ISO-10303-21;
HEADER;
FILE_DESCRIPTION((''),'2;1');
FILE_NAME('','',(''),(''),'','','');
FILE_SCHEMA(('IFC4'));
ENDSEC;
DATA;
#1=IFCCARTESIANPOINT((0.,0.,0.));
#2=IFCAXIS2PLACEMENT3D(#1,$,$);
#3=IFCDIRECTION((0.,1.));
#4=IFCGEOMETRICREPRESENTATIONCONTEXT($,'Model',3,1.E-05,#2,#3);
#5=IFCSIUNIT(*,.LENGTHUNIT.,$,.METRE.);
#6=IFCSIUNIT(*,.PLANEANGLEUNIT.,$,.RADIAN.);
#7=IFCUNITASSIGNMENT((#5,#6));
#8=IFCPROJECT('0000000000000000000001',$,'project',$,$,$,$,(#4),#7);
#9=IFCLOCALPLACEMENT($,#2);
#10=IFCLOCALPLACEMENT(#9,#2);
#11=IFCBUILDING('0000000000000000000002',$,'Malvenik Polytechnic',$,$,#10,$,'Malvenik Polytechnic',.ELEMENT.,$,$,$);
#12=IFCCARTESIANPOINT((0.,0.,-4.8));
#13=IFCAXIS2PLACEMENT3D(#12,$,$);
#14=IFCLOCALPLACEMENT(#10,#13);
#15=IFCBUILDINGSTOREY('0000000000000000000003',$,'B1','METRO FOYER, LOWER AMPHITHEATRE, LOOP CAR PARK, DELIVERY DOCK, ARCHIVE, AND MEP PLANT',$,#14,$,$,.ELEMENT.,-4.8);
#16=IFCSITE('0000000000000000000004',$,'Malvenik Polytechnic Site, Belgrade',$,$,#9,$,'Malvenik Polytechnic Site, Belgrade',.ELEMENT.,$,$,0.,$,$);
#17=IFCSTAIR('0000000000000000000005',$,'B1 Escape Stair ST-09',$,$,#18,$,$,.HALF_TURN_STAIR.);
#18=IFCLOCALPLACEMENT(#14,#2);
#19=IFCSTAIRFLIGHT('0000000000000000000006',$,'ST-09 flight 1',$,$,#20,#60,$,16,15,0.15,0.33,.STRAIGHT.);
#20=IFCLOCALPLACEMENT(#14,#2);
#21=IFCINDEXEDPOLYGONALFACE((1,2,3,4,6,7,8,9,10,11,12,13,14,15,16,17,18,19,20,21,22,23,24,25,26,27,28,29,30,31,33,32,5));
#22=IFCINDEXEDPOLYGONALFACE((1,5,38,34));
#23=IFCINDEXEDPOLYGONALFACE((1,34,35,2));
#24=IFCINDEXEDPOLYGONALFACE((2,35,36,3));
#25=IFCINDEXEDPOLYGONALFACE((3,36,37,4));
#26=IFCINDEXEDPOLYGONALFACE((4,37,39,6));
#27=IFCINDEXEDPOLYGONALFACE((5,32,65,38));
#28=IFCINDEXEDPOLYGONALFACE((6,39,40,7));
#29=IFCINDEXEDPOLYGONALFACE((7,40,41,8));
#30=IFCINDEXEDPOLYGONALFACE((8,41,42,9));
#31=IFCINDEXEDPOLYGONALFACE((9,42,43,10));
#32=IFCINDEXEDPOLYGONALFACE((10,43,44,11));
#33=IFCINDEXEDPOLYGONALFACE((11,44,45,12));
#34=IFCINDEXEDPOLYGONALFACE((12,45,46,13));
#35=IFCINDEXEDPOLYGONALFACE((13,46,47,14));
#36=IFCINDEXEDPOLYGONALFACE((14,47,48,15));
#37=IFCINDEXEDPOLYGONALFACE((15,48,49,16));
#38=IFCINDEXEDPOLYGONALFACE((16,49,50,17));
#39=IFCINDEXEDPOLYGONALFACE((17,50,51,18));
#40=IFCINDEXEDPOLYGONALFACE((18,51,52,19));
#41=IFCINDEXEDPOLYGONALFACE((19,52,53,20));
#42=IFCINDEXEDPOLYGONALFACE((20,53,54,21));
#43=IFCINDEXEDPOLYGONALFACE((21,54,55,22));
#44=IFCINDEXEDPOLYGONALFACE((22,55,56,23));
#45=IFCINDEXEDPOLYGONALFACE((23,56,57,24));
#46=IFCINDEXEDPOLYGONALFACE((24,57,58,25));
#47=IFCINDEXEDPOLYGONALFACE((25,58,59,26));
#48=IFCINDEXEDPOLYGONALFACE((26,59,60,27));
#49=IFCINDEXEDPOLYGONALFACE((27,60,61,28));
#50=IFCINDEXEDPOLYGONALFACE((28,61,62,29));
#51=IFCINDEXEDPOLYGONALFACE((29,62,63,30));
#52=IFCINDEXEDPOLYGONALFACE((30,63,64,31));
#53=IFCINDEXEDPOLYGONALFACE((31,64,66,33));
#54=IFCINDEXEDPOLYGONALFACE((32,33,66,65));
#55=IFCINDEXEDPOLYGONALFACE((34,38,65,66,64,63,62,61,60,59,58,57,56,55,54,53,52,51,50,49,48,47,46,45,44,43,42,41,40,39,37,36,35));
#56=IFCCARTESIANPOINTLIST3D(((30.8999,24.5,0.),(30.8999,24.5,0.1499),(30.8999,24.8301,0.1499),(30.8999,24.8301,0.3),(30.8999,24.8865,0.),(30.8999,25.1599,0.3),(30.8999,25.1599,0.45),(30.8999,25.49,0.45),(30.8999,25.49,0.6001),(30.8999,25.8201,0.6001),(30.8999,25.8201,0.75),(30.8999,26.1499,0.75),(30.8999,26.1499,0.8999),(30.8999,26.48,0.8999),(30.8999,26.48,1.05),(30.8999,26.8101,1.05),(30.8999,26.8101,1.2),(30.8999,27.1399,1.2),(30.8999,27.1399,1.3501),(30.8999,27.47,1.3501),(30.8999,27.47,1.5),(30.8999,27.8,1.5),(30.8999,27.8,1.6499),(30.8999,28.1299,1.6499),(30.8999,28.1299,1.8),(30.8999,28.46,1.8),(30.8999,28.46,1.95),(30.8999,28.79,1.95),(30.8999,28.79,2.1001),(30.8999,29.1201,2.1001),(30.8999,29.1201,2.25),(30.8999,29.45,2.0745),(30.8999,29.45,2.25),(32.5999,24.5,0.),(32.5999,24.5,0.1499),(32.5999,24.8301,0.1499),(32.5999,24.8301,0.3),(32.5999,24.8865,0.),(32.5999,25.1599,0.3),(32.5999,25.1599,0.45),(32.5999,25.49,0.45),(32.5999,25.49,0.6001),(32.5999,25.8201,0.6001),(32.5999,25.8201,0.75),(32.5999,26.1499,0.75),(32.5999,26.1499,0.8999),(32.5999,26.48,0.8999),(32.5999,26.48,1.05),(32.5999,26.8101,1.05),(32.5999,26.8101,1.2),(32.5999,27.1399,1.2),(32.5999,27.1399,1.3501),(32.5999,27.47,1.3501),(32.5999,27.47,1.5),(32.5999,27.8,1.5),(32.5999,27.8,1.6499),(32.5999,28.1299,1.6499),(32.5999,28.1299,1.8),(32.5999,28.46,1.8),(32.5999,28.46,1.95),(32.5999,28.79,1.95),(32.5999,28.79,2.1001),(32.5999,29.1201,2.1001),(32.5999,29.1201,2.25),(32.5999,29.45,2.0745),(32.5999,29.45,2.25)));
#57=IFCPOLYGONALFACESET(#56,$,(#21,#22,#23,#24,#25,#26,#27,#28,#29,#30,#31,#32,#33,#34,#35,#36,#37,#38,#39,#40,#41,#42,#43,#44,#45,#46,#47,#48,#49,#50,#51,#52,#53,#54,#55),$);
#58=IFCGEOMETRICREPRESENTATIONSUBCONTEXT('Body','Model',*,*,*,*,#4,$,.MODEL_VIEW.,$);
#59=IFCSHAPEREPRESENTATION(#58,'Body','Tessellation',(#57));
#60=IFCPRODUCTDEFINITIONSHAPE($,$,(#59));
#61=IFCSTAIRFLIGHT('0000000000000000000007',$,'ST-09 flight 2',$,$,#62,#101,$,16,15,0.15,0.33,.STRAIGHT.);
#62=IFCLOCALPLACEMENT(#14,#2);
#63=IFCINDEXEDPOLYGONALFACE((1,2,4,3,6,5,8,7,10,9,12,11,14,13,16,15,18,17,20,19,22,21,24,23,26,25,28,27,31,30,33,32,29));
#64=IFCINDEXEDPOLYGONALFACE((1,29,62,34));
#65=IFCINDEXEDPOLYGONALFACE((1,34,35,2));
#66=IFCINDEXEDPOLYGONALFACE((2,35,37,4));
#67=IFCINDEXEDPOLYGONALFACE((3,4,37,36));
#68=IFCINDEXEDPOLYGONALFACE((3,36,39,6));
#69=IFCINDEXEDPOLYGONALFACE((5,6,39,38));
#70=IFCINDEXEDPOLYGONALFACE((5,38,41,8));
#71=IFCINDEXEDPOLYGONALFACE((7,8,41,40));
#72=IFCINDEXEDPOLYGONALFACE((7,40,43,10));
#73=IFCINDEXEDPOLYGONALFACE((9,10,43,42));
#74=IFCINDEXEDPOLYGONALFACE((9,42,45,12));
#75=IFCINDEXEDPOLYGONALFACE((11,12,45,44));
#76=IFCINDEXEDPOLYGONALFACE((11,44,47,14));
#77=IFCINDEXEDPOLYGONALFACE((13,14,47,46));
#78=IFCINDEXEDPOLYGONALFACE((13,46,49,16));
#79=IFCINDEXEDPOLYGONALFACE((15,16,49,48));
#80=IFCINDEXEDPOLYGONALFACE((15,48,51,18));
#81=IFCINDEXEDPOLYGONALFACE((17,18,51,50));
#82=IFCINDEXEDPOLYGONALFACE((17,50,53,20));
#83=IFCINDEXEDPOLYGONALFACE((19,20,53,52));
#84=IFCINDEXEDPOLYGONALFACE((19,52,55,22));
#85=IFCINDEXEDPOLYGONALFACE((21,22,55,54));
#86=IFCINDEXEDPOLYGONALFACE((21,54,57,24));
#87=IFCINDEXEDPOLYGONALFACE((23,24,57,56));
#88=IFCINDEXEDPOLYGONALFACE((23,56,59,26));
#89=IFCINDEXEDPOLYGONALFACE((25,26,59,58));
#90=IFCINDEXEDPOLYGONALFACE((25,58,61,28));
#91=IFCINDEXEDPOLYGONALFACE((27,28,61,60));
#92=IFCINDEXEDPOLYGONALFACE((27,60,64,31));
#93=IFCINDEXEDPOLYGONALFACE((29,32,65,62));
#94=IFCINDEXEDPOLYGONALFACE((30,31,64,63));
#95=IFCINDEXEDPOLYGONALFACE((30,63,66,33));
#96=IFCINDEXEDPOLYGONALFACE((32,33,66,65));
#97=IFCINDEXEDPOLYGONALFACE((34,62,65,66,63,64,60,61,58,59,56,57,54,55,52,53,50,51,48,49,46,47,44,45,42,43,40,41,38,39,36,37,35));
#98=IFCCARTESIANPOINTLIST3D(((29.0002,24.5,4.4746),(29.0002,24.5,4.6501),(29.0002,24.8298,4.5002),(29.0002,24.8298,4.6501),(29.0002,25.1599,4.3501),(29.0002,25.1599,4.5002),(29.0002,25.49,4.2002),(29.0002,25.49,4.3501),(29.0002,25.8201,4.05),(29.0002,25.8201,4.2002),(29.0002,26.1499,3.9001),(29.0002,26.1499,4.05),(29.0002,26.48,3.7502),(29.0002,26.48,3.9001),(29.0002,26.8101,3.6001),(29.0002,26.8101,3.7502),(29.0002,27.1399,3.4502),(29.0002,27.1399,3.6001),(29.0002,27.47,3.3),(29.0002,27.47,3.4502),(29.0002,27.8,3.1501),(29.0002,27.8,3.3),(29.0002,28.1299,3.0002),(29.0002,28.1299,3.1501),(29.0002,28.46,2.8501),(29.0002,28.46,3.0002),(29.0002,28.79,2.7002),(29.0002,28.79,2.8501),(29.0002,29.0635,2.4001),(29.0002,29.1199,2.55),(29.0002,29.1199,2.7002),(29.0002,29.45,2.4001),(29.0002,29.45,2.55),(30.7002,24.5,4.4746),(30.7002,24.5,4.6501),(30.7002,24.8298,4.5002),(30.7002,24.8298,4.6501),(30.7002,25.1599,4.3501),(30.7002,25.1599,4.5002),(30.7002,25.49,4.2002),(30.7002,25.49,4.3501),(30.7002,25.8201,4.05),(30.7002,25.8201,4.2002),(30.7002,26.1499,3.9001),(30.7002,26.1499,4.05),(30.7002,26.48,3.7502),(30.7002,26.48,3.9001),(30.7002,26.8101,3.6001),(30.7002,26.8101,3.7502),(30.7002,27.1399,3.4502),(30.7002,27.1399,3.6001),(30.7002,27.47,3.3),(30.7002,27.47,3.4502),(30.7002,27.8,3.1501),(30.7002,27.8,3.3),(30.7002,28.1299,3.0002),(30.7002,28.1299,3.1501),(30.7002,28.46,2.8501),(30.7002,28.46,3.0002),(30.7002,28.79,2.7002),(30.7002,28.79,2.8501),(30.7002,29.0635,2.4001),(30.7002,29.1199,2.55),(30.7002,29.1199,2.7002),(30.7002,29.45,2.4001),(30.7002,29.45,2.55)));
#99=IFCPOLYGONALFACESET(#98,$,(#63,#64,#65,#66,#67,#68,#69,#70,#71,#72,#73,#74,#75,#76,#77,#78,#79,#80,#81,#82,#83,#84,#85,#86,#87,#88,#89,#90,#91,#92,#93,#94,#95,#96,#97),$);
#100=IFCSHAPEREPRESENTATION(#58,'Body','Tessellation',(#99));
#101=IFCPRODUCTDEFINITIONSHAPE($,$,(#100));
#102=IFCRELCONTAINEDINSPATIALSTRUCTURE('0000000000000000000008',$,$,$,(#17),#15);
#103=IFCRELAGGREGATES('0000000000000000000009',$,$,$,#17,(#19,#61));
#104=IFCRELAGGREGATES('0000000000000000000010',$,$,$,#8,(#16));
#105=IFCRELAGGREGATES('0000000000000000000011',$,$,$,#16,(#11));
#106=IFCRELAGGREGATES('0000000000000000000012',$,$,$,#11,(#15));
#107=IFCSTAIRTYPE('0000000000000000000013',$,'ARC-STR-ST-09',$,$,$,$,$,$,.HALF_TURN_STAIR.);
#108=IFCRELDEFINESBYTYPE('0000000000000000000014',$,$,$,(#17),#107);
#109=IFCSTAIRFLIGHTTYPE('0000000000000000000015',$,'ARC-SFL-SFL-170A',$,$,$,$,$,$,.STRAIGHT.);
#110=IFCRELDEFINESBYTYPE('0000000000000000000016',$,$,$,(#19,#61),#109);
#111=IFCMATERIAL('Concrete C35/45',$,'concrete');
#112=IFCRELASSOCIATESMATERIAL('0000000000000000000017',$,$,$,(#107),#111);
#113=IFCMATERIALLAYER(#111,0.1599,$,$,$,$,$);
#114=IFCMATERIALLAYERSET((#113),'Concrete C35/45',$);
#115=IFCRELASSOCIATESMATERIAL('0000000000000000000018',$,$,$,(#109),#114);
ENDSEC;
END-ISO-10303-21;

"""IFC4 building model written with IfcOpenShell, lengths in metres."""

from ifc_helpers import new_model, si_unit, direction, frame, origin, place, context, subcontext, project, spatial, polyline, outline, extrude, material, layer, layer_set, type_object, element, aggregate, save


model = new_model("IFC4")

# Units and contexts
model_context = context("Model", 3, precision=1e-05, world=origin(), true_north=direction((0.0, 1.0)))
body_context = subcontext(model_context, "Body", "Model", "MODEL_VIEW")
ifc_project = project(units=[si_unit("LENGTHUNIT", "METRE"), si_unit("PLANEANGLEUNIT", "RADIAN")], contexts=[model_context])

# Site, building, storey
site_placement = place(None, origin())
site = spatial("IfcSite", under=ifc_project, at=site_placement, Name="Malvenik Polytechnic Site, Belgrade", LongName="Malvenik Polytechnic Site, Belgrade", CompositionType="ELEMENT", RefElevation=0.0)
building_placement = place(site_placement, origin())
building = spatial("IfcBuilding", under=site, at=building_placement, Name="Malvenik Polytechnic", LongName="Malvenik Polytechnic", CompositionType="ELEMENT")
storey_placement = place(building_placement, frame((0.0, 0.0, -4.8)))
storey = spatial("IfcBuildingStorey", under=building, at=storey_placement, Name="B1", Description="METRO FOYER, LOWER AMPHITHEATRE, LOOP CAR PARK, DELIVERY DOCK, ARCHIVE, AND MEP PLANT", CompositionType="ELEMENT", Elevation=-4.8)

# Shared definitions
ifc_material_1 = material(Name="Concrete C35/45", Category="concrete")

# Stair, stair flights
stair_type = type_object("IfcStairType", Name="ARC-STR-ST-09", PredefinedType="HALF_TURN_STAIR", material=ifc_material_1)
stair_placement = place(storey_placement, origin())
stair = element("IfcStair", 1, at=stair_placement, inside=storey, type_object=stair_type, Name="B1 Escape Stair ST-09", PredefinedType="HALF_TURN_STAIR")
ifc_layer_1 = layer(ifc_material_1, 0.1599)
ifc_layer_set_1 = layer_set([ifc_layer_1], Name="Concrete C35/45")
stair_flight_type = type_object("IfcStairFlightType", Name="ARC-SFL-SFL-170A", PredefinedType="STRAIGHT", material=ifc_layer_set_1)
stair_flight_1_placement = place(storey_placement, frame((31.75, 24.5, 0.0), z_axis=(0.0, 0.0, 1.0), x_axis=(0.0, 1.0, 0.0)))
stair_flight_1 = element("IfcStairFlight", 2, at=stair_flight_1_placement, type_object=stair_flight_type, Name="ST-09 flight 1", NumberOfRisers=16, NumberOfTreads=15, PredefinedType="STRAIGHT", RiserHeight=0.15, TreadLength=0.33, context=body_context, shape_type="SweptSolid", body=[
    extrude(outline(polyline([(0.0, 0.0), (0.0, 0.1499), (0.3301, 0.1499), (0.3301, 0.3), (0.6599, 0.3), (0.6599, 0.45), (0.99, 0.45), (0.99, 0.6001), (1.3201, 0.6001), (1.3201, 0.75), (1.6499, 0.75), (1.6499, 0.8999), (1.98, 0.8999), (1.98, 1.05), (2.3101, 1.05), (2.3101, 1.2), (2.6399, 1.2), (2.6399, 1.3501), (2.97, 1.3501), (2.97, 1.5), (3.3, 1.5), (3.3, 1.6499), (3.6299, 1.6499), (3.6299, 1.8), (3.96, 1.8), (3.96, 1.95), (4.29, 1.95), (4.29, 2.1001), (4.6201, 2.1001), (4.6201, 2.25), (4.95, 2.25), (4.95, 2.3999), (4.95, 2.0745), (0.3865, 0.0), (0.0, 0.0)])), frame((0.0, 0.8501, 0.0), z_axis=(0.0, -1.0, 0.0), x_axis=(1.0, 0.0, 0.0)), (0.0, 0.0, 1.0), 1.7),
])
stair_flight_2_placement = place(storey_placement, frame((29.8501, 29.45, 2.4001), z_axis=(0.0, 0.0, 1.0), x_axis=(0.0, -1.0, 0.0)))
stair_flight_2 = element("IfcStairFlight", 3, at=stair_flight_2_placement, type_object=stair_flight_type, Name="ST-09 flight 2", NumberOfRisers=16, NumberOfTreads=15, PredefinedType="STRAIGHT", RiserHeight=0.15, TreadLength=0.33, context=body_context, shape_type="SweptSolid", body=[
    extrude(outline(polyline([(0.0, 0.0), (0.0, 0.1499), (0.3301, 0.1499), (0.3301, 0.3), (0.6599, 0.3), (0.6599, 0.45), (0.99, 0.45), (0.99, 0.6001), (1.3201, 0.6001), (1.3201, 0.75), (1.6499, 0.75), (1.6499, 0.8999), (1.98, 0.8999), (1.98, 1.05), (2.3101, 1.05), (2.3101, 1.2), (2.6399, 1.2), (2.6399, 1.3501), (2.97, 1.3501), (2.97, 1.5), (3.3, 1.5), (3.3, 1.6499), (3.6299, 1.6499), (3.6299, 1.8), (3.96, 1.8), (3.96, 1.95), (4.29, 1.95), (4.29, 2.1001), (4.6201, 2.1001), (4.6201, 2.25), (4.95, 2.25), (4.95, 2.3999), (4.95, 2.0745), (0.3865, 0.0), (0.0, 0.0)])), frame((0.0, 0.8501, 0.0), z_axis=(0.0, -1.0, 0.0), x_axis=(1.0, 0.0, 0.0)), (0.0, 0.0, 1.0), 1.7),
])
aggregate(stair, [stair_flight_1, stair_flight_2])

save(model, "model.ifc")
